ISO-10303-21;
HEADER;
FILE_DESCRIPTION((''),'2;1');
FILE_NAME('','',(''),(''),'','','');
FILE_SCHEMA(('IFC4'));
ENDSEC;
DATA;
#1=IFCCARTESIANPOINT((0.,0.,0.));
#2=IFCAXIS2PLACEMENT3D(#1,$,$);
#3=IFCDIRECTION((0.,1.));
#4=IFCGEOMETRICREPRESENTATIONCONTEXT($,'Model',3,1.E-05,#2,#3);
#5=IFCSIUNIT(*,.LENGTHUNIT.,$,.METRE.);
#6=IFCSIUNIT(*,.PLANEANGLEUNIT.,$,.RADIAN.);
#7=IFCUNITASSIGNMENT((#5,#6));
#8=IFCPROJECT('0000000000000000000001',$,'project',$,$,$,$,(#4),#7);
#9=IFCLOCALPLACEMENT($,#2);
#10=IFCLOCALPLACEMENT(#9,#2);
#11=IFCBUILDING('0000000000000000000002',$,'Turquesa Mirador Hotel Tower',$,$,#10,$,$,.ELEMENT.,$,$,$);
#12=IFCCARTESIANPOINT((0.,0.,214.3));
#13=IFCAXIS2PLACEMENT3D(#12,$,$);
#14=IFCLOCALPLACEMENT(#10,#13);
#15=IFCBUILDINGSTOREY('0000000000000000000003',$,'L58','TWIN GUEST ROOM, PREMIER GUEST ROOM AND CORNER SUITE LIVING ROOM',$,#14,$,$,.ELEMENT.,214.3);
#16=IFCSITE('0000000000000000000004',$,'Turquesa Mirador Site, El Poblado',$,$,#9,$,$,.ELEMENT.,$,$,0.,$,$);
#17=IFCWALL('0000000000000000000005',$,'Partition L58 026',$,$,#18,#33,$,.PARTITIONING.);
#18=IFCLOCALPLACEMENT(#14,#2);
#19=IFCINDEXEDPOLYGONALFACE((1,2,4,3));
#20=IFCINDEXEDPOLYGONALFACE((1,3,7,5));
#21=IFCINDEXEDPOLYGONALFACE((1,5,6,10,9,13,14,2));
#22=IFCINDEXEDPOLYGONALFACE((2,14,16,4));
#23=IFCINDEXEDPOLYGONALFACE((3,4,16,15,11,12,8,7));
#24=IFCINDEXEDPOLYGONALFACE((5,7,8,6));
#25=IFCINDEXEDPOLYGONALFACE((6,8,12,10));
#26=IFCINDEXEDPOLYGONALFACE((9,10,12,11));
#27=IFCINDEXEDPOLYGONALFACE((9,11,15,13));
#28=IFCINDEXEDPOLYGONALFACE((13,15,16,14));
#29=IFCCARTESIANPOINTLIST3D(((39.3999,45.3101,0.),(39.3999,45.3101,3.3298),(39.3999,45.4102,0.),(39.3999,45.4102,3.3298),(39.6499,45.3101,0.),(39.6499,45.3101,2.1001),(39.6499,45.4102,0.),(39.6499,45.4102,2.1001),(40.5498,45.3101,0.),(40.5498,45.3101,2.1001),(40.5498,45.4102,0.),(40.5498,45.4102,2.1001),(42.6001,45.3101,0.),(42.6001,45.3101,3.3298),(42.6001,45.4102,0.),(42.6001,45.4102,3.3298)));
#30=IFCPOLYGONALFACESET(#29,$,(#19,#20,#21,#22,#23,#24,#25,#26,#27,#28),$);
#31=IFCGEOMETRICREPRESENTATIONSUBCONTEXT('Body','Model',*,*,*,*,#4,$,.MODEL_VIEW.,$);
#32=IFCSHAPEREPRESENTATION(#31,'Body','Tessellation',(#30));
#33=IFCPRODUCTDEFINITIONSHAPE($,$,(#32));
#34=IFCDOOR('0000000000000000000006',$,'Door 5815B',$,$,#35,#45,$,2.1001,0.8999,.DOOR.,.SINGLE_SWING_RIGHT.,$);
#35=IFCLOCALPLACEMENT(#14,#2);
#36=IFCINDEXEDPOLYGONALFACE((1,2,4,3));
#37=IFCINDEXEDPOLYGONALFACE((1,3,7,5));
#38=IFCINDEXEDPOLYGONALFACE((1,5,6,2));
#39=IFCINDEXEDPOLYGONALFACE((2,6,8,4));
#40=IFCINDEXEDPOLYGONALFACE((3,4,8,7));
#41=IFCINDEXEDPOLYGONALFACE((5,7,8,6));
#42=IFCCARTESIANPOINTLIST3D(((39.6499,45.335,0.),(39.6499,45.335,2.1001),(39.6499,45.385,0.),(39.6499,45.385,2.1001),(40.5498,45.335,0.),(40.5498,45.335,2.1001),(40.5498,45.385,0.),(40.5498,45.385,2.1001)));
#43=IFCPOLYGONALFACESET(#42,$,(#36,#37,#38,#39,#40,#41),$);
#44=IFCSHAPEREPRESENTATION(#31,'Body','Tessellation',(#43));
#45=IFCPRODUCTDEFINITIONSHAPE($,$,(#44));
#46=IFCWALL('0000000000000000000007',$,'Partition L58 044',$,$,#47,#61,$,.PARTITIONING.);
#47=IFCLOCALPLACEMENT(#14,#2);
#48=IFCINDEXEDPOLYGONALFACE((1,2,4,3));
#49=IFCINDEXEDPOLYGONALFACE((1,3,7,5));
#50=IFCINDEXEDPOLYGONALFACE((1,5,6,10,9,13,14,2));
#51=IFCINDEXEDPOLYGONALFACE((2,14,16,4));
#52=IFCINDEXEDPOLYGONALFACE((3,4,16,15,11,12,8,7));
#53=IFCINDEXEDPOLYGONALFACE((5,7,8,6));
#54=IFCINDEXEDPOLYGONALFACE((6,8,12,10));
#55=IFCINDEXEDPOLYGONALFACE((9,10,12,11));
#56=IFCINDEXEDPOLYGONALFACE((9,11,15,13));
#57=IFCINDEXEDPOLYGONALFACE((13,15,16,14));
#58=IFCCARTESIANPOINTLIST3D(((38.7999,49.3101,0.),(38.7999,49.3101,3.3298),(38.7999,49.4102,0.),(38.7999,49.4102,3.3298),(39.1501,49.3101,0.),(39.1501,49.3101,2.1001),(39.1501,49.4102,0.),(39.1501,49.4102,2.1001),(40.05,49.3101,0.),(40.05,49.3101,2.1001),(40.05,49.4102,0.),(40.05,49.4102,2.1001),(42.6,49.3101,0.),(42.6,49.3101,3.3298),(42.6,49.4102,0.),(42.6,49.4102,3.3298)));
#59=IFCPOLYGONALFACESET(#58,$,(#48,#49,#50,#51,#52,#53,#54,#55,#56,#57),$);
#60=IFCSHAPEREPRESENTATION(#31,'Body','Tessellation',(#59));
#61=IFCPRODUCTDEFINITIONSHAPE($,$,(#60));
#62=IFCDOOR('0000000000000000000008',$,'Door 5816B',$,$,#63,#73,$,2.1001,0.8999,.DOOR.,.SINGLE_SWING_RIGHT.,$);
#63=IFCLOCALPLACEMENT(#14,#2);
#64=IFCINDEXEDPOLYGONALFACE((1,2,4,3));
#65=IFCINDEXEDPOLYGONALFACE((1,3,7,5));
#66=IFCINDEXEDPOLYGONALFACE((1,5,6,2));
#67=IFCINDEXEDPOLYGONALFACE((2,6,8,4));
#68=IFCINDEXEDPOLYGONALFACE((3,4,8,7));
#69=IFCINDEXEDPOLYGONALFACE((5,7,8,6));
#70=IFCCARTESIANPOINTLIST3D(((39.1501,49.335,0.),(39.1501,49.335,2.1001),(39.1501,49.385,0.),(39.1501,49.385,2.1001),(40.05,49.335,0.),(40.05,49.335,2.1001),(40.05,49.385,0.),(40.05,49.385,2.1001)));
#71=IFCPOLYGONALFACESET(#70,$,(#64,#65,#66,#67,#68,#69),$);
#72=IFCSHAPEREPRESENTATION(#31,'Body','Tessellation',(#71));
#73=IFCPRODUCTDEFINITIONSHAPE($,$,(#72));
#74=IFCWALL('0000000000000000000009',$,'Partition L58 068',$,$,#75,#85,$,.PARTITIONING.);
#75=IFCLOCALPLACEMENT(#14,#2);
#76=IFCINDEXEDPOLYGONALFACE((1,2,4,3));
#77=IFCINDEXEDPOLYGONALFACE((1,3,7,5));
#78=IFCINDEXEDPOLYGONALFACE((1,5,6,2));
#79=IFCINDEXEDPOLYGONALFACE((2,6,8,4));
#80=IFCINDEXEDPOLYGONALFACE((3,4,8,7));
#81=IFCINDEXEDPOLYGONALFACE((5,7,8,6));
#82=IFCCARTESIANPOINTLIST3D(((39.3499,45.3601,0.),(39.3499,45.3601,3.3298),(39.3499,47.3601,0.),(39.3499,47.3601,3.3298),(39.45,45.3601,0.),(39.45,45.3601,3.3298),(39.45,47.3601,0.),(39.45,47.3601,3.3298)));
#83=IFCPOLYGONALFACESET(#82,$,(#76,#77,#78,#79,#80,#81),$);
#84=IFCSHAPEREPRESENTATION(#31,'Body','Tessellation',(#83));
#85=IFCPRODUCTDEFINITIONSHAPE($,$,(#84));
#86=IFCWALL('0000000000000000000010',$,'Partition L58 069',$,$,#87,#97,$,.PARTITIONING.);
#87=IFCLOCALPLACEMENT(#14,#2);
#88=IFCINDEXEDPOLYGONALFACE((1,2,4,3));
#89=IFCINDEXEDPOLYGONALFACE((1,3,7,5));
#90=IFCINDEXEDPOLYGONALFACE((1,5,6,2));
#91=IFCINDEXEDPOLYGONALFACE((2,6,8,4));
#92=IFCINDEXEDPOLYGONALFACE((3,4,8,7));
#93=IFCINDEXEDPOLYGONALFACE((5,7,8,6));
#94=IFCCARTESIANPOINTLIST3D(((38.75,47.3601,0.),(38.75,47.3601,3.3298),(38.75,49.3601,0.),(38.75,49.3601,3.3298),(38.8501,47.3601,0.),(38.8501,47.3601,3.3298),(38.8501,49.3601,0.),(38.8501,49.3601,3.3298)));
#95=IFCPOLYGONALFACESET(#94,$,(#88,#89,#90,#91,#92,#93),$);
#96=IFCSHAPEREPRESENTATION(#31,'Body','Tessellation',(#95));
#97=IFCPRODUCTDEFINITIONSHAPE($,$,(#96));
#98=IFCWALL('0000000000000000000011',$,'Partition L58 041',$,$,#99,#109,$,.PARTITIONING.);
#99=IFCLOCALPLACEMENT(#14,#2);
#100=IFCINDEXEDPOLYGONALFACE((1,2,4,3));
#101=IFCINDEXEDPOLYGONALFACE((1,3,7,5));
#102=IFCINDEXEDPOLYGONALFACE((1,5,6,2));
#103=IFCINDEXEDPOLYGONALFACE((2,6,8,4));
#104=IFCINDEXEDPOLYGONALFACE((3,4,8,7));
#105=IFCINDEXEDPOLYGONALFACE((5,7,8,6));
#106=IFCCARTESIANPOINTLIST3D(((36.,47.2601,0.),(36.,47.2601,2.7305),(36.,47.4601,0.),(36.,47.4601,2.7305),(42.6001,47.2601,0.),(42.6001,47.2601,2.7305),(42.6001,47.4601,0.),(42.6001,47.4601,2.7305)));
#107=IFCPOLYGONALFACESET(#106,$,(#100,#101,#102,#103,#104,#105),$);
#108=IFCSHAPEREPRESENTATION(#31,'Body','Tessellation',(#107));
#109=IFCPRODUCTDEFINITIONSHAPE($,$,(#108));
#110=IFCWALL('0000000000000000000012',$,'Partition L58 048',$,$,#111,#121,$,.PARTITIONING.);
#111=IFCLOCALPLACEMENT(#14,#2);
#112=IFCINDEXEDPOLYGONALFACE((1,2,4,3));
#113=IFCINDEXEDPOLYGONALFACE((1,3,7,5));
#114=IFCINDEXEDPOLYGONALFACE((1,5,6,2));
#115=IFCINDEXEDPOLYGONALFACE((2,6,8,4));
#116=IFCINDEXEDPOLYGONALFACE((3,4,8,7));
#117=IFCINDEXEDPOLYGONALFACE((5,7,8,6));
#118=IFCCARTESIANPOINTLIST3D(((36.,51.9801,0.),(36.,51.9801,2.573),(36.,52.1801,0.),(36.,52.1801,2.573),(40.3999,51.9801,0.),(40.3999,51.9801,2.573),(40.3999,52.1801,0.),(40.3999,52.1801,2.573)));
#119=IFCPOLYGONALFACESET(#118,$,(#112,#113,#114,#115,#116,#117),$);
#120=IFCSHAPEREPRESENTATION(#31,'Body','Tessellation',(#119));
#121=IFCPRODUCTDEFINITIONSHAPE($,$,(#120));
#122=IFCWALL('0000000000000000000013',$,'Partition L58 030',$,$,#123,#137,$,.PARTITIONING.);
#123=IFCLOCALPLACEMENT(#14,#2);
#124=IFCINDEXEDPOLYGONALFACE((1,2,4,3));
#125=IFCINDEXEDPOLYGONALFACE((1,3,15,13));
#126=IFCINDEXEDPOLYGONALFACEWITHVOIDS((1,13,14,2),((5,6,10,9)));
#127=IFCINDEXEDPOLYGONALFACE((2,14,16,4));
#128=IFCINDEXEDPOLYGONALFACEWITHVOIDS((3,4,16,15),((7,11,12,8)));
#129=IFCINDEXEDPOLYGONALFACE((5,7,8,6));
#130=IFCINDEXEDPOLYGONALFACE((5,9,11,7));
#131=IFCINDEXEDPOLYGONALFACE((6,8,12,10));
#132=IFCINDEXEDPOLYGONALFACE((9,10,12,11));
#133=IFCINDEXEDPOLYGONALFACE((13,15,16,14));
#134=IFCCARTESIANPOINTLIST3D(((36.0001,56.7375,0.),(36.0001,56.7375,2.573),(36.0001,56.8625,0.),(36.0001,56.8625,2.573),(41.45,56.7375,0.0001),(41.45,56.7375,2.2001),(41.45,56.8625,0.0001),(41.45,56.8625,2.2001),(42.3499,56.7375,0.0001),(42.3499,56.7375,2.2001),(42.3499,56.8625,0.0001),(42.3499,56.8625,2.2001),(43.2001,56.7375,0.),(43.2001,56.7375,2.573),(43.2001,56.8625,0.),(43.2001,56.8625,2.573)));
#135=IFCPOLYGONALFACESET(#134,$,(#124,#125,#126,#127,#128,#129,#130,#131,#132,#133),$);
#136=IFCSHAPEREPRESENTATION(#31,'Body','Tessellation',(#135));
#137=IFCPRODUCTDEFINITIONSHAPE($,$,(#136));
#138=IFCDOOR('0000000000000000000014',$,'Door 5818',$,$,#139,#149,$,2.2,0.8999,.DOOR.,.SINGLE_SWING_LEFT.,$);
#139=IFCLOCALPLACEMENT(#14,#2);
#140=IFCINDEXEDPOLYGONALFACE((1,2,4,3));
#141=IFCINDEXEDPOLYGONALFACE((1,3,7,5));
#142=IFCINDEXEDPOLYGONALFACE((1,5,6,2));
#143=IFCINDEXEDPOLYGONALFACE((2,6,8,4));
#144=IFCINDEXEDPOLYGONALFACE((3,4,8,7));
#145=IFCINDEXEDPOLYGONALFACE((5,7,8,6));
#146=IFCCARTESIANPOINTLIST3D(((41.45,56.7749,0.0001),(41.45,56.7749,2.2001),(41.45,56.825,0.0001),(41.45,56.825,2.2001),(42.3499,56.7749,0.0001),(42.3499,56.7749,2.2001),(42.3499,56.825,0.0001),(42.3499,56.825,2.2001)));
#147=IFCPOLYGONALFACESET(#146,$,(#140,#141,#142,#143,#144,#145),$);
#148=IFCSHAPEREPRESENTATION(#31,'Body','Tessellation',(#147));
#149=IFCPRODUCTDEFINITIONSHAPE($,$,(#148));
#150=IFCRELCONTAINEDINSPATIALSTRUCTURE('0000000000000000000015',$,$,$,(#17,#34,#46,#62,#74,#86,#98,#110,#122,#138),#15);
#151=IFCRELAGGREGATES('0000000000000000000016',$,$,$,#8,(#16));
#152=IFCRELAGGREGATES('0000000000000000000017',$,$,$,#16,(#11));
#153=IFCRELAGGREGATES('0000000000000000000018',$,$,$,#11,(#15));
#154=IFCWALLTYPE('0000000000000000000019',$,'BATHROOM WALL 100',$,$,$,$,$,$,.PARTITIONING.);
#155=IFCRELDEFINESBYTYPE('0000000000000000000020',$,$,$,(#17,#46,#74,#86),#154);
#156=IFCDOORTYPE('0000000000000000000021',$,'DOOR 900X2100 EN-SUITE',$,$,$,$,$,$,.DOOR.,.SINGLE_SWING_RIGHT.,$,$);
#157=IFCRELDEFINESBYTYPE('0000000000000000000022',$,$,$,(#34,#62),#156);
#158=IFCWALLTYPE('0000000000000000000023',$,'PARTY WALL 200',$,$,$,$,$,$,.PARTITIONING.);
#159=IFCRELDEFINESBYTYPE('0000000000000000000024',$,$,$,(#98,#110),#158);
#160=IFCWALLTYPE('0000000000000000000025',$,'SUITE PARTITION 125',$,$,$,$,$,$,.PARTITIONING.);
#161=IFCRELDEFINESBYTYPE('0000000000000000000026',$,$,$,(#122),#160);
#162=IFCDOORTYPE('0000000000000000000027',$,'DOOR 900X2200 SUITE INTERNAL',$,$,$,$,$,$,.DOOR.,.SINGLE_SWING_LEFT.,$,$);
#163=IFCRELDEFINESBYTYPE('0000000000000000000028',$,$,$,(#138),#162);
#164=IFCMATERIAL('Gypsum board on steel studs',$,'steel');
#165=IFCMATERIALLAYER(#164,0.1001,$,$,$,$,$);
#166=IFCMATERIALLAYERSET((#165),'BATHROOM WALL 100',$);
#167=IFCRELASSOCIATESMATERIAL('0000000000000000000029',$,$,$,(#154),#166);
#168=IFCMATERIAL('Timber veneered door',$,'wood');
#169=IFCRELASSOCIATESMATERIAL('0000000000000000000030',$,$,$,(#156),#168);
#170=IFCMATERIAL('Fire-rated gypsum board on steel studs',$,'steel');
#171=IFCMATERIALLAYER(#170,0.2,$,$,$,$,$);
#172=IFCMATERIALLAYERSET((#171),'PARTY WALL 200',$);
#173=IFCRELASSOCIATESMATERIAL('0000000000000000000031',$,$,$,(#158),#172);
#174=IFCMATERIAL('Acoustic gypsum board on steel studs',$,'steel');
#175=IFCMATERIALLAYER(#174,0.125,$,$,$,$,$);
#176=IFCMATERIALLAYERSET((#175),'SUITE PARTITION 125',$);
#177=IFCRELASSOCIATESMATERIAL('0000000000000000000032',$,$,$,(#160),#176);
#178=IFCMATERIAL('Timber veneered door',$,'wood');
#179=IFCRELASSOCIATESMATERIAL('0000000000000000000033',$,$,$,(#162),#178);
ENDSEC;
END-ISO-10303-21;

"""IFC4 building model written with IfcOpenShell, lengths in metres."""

from ifc_helpers import new_model, si_unit, direction, frame, frame_2d, origin, place, context, subcontext, project, spatial, rectangle, extrude, material, layer, layer_set, type_object, element, fill, save


model = new_model("IFC4")

# Units and contexts
model_context = context("Model", 3, precision=1e-05, world=origin(), true_north=direction((0.0, 1.0)))
body_context = subcontext(model_context, "Body", "Model", "MODEL_VIEW")
ifc_project = project(units=[si_unit("LENGTHUNIT", "METRE"), si_unit("PLANEANGLEUNIT", "RADIAN")], contexts=[model_context])

# Site, building, storey
site_placement = place(None, origin())
site = spatial("IfcSite", under=ifc_project, at=site_placement, Name="Turquesa Mirador Site, El Poblado", CompositionType="ELEMENT", RefElevation=0.0)
building_placement = place(site_placement, origin())
building = spatial("IfcBuilding", under=site, at=building_placement, Name="Turquesa Mirador Hotel Tower", CompositionType="ELEMENT")
storey_placement = place(building_placement, frame((0.0, 0.0, 214.3)))
storey = spatial("IfcBuildingStorey", under=building, at=storey_placement, Name="L58", Description="TWIN GUEST ROOM, PREMIER GUEST ROOM AND CORNER SUITE LIVING ROOM", CompositionType="ELEMENT", Elevation=214.3)

# Walls, openings, doors
ifc_material_1 = material(Name="Gypsum board on steel studs", Category="steel")
ifc_layer_1 = layer(ifc_material_1, 0.1001)
ifc_layer_set_1 = layer_set([ifc_layer_1], Name="BATHROOM WALL 100")
wall_type_1 = type_object("IfcWallType", Name="BATHROOM WALL 100", PredefinedType="PARTITIONING", material=ifc_layer_set_1)
wall_1_placement = place(storey_placement, frame((39.3999, 45.3601, 0.0), z_axis=(0.0, 0.0, 1.0), x_axis=(1.0, 0.0, 0.0)))
wall_1 = element("IfcWall", 1, at=wall_1_placement, inside=storey, type_object=wall_type_1, Name="Partition L58 026", PredefinedType="PARTITIONING", context=body_context, shape_type="SweptSolid", body=[
    extrude(rectangle(XDim=3.2002, YDim=0.1001, at=frame_2d((1.6001, 0.0))), origin(), (0.0, 0.0, 1.0), 3.3298),
])
opening_1_placement = place(wall_1_placement, frame((0.25, 0.0, 0.0)))
opening_1 = element("IfcOpeningElement", 2, at=opening_1_placement, cuts=wall_1, PredefinedType="OPENING", context=body_context, shape_type="SweptSolid", body=[
    extrude(rectangle(XDim=0.8999, YDim=2.1001, at=frame_2d((0.45, 1.05))), frame((0.0, 0.0601, 0.0), z_axis=(0.0, -1.0, 0.0), x_axis=(1.0, 0.0, 0.0)), (0.0, 0.0, 1.0), 0.1201),
])
ifc_material_2 = material(Name="Timber veneered door", Category="wood")
door_type_1 = type_object("IfcDoorType", Name="DOOR 900X2100 EN-SUITE", OperationType="SINGLE_SWING_RIGHT", PredefinedType="DOOR", material=ifc_material_2)
door_1_placement = place(opening_1_placement, origin())
door_1 = element("IfcDoor", 3, at=door_1_placement, inside=storey, type_object=door_type_1, Name="Door 5815B", OperationType="SINGLE_SWING_RIGHT", OverallHeight=2.1001, OverallWidth=0.8999, PredefinedType="DOOR", context=body_context, shape_type="SweptSolid", body=[
    extrude(rectangle(XDim=0.8999, YDim=2.1001, at=frame_2d((0.45, 1.05))), frame((0.0, 0.0249, 0.0), z_axis=(0.0, -1.0, 0.0), x_axis=(1.0, 0.0, 0.0)), (0.0, 0.0, 1.0), 0.05),
])
fill(opening_1, door_1)
wall_2_placement = place(storey_placement, frame((38.8, 49.3601, 0.0), z_axis=(0.0, 0.0, 1.0), x_axis=(1.0, 0.0, 0.0)))
wall_2 = element("IfcWall", 4, at=wall_2_placement, inside=storey, type_object=wall_type_1, Name="Partition L58 044", PredefinedType="PARTITIONING", context=body_context, shape_type="SweptSolid", body=[
    extrude(rectangle(XDim=3.8, YDim=0.1001, at=frame_2d((1.8999, 0.0))), origin(), (0.0, 0.0, 1.0), 3.3298),
])
opening_2_placement = place(wall_2_placement, frame((0.3501, 0.0, 0.0)))
opening_2 = element("IfcOpeningElement", 5, at=opening_2_placement, cuts=wall_2, PredefinedType="OPENING", context=body_context, shape_type="SweptSolid", body=[
    extrude(rectangle(XDim=0.8999, YDim=2.1001, at=frame_2d((0.45, 1.05))), frame((0.0, 0.0601, 0.0), z_axis=(0.0, -1.0, 0.0), x_axis=(1.0, 0.0, 0.0)), (0.0, 0.0, 1.0), 0.1201),
])
door_2_placement = place(opening_2_placement, origin())
door_2 = element("IfcDoor", 6, at=door_2_placement, inside=storey, type_object=door_type_1, Name="Door 5816B", OperationType="SINGLE_SWING_RIGHT", OverallHeight=2.1001, OverallWidth=0.8999, PredefinedType="DOOR", context=body_context, shape_type="SweptSolid", body=[
    extrude(rectangle(XDim=0.8999, YDim=2.1001, at=frame_2d((0.45, 1.05))), frame((0.0, 0.0249, 0.0), z_axis=(0.0, -1.0, 0.0), x_axis=(1.0, 0.0, 0.0)), (0.0, 0.0, 1.0), 0.05),
])
fill(opening_2, door_2)

# Walls
for number, where, z_axis, x_axis, name in (
    (7, (39.3999, 45.3601, 0.0), (0.0, 0.0, 1.0), (0.0, 1.0, 0.0), "Partition L58 068"),
    (8, (38.8, 47.3601, 0.0), (0.0, 0.0, 1.0), (0.0, 1.0, 0.0), "Partition L58 069"),
):
    element("IfcWall", number, at=place(storey_placement, frame(where, z_axis=z_axis, x_axis=x_axis)), inside=storey, type_object=wall_type_1, Name=name, PredefinedType="PARTITIONING", context=body_context, shape_type="SweptSolid", body=[
        extrude(rectangle(XDim=2.0, YDim=0.1001, at=frame_2d((1.0, 0.0))), origin(), (0.0, 0.0, 1.0), 3.3298),
    ])
ifc_material_3 = material(Name="Fire-rated gypsum board on steel studs", Category="steel")
ifc_layer_2 = layer(ifc_material_3, 0.2)
ifc_layer_set_2 = layer_set([ifc_layer_2], Name="PARTY WALL 200")
wall_type_2 = type_object("IfcWallType", Name="PARTY WALL 200", PredefinedType="PARTITIONING", material=ifc_layer_set_2)
wall_3_placement = place(storey_placement, frame((36.0, 47.3601, 0.0), z_axis=(0.0, 0.0, 1.0), x_axis=(1.0, 0.0, 0.0)))
element("IfcWall", 9, at=wall_3_placement, inside=storey, type_object=wall_type_2, Name="Partition L58 041", PredefinedType="PARTITIONING", context=body_context, shape_type="SweptSolid", body=[
    extrude(rectangle(XDim=6.6001, YDim=0.2, at=frame_2d((3.3, 0.0))), origin(), (0.0, 0.0, 1.0), 2.7305),
])
wall_4_placement = place(storey_placement, frame((36.0, 52.0801, 0.0), z_axis=(0.0, 0.0, 1.0), x_axis=(1.0, 0.0, 0.0)))
element("IfcWall", 10, at=wall_4_placement, inside=storey, type_object=wall_type_2, Name="Partition L58 048", PredefinedType="PARTITIONING", context=body_context, shape_type="SweptSolid", body=[
    extrude(rectangle(XDim=4.3999, YDim=0.2, at=frame_2d((2.2, 0.0))), origin(), (0.0, 0.0, 1.0), 2.573),
])

# Wall, opening, door
ifc_material_4 = material(Name="Acoustic gypsum board on steel studs", Category="steel")
ifc_layer_3 = layer(ifc_material_4, 0.125)
ifc_layer_set_3 = layer_set([ifc_layer_3], Name="SUITE PARTITION 125")
wall_type_3 = type_object("IfcWallType", Name="SUITE PARTITION 125", PredefinedType="PARTITIONING", material=ifc_layer_set_3)
wall_5_placement = place(storey_placement, frame((36.0, 56.8, 0.0), z_axis=(0.0, 0.0, 1.0), x_axis=(1.0, 0.0, 0.0)))
wall_5 = element("IfcWall", 11, at=wall_5_placement, inside=storey, type_object=wall_type_3, Name="Partition L58 030", PredefinedType="PARTITIONING", context=body_context, shape_type="SweptSolid", body=[
    extrude(rectangle(XDim=7.2, YDim=0.125, at=frame_2d((3.6001, 0.0))), origin(), (0.0, 0.0, 1.0), 2.573),
])
opening_3_placement = place(wall_5_placement, frame((5.45, 0.0, 0.0)))
opening_3 = element("IfcOpeningElement", 12, at=opening_3_placement, cuts=wall_5, PredefinedType="OPENING", context=body_context, shape_type="SweptSolid", body=[
    extrude(rectangle(XDim=0.8999, YDim=2.2, at=frame_2d((0.45, 1.1001))), frame((0.0, 0.0725, 0.0), z_axis=(0.0, -1.0, 0.0), x_axis=(1.0, 0.0, 0.0)), (0.0, 0.0, 1.0), 0.145),
])
ifc_material_5 = material(Name="Timber veneered door", Category="wood")
door_type_2 = type_object("IfcDoorType", Name="DOOR 900X2200 SUITE INTERNAL", OperationType="SINGLE_SWING_LEFT", PredefinedType="DOOR", material=ifc_material_5)
door_3_placement = place(opening_3_placement, origin())
door_3 = element("IfcDoor", 13, at=door_3_placement, inside=storey, type_object=door_type_2, Name="Door 5818", OperationType="SINGLE_SWING_LEFT", OverallHeight=2.2, OverallWidth=0.8999, PredefinedType="DOOR", context=body_context, shape_type="SweptSolid", body=[
    extrude(rectangle(XDim=0.8999, YDim=2.2, at=frame_2d((0.45, 1.1001))), frame((0.0, 0.0249, 0.0), z_axis=(0.0, -1.0, 0.0), x_axis=(1.0, 0.0, 0.0)), (0.0, 0.0, 1.0), 0.05),
])
fill(opening_3, door_3)

save(model, "model.ifc")
